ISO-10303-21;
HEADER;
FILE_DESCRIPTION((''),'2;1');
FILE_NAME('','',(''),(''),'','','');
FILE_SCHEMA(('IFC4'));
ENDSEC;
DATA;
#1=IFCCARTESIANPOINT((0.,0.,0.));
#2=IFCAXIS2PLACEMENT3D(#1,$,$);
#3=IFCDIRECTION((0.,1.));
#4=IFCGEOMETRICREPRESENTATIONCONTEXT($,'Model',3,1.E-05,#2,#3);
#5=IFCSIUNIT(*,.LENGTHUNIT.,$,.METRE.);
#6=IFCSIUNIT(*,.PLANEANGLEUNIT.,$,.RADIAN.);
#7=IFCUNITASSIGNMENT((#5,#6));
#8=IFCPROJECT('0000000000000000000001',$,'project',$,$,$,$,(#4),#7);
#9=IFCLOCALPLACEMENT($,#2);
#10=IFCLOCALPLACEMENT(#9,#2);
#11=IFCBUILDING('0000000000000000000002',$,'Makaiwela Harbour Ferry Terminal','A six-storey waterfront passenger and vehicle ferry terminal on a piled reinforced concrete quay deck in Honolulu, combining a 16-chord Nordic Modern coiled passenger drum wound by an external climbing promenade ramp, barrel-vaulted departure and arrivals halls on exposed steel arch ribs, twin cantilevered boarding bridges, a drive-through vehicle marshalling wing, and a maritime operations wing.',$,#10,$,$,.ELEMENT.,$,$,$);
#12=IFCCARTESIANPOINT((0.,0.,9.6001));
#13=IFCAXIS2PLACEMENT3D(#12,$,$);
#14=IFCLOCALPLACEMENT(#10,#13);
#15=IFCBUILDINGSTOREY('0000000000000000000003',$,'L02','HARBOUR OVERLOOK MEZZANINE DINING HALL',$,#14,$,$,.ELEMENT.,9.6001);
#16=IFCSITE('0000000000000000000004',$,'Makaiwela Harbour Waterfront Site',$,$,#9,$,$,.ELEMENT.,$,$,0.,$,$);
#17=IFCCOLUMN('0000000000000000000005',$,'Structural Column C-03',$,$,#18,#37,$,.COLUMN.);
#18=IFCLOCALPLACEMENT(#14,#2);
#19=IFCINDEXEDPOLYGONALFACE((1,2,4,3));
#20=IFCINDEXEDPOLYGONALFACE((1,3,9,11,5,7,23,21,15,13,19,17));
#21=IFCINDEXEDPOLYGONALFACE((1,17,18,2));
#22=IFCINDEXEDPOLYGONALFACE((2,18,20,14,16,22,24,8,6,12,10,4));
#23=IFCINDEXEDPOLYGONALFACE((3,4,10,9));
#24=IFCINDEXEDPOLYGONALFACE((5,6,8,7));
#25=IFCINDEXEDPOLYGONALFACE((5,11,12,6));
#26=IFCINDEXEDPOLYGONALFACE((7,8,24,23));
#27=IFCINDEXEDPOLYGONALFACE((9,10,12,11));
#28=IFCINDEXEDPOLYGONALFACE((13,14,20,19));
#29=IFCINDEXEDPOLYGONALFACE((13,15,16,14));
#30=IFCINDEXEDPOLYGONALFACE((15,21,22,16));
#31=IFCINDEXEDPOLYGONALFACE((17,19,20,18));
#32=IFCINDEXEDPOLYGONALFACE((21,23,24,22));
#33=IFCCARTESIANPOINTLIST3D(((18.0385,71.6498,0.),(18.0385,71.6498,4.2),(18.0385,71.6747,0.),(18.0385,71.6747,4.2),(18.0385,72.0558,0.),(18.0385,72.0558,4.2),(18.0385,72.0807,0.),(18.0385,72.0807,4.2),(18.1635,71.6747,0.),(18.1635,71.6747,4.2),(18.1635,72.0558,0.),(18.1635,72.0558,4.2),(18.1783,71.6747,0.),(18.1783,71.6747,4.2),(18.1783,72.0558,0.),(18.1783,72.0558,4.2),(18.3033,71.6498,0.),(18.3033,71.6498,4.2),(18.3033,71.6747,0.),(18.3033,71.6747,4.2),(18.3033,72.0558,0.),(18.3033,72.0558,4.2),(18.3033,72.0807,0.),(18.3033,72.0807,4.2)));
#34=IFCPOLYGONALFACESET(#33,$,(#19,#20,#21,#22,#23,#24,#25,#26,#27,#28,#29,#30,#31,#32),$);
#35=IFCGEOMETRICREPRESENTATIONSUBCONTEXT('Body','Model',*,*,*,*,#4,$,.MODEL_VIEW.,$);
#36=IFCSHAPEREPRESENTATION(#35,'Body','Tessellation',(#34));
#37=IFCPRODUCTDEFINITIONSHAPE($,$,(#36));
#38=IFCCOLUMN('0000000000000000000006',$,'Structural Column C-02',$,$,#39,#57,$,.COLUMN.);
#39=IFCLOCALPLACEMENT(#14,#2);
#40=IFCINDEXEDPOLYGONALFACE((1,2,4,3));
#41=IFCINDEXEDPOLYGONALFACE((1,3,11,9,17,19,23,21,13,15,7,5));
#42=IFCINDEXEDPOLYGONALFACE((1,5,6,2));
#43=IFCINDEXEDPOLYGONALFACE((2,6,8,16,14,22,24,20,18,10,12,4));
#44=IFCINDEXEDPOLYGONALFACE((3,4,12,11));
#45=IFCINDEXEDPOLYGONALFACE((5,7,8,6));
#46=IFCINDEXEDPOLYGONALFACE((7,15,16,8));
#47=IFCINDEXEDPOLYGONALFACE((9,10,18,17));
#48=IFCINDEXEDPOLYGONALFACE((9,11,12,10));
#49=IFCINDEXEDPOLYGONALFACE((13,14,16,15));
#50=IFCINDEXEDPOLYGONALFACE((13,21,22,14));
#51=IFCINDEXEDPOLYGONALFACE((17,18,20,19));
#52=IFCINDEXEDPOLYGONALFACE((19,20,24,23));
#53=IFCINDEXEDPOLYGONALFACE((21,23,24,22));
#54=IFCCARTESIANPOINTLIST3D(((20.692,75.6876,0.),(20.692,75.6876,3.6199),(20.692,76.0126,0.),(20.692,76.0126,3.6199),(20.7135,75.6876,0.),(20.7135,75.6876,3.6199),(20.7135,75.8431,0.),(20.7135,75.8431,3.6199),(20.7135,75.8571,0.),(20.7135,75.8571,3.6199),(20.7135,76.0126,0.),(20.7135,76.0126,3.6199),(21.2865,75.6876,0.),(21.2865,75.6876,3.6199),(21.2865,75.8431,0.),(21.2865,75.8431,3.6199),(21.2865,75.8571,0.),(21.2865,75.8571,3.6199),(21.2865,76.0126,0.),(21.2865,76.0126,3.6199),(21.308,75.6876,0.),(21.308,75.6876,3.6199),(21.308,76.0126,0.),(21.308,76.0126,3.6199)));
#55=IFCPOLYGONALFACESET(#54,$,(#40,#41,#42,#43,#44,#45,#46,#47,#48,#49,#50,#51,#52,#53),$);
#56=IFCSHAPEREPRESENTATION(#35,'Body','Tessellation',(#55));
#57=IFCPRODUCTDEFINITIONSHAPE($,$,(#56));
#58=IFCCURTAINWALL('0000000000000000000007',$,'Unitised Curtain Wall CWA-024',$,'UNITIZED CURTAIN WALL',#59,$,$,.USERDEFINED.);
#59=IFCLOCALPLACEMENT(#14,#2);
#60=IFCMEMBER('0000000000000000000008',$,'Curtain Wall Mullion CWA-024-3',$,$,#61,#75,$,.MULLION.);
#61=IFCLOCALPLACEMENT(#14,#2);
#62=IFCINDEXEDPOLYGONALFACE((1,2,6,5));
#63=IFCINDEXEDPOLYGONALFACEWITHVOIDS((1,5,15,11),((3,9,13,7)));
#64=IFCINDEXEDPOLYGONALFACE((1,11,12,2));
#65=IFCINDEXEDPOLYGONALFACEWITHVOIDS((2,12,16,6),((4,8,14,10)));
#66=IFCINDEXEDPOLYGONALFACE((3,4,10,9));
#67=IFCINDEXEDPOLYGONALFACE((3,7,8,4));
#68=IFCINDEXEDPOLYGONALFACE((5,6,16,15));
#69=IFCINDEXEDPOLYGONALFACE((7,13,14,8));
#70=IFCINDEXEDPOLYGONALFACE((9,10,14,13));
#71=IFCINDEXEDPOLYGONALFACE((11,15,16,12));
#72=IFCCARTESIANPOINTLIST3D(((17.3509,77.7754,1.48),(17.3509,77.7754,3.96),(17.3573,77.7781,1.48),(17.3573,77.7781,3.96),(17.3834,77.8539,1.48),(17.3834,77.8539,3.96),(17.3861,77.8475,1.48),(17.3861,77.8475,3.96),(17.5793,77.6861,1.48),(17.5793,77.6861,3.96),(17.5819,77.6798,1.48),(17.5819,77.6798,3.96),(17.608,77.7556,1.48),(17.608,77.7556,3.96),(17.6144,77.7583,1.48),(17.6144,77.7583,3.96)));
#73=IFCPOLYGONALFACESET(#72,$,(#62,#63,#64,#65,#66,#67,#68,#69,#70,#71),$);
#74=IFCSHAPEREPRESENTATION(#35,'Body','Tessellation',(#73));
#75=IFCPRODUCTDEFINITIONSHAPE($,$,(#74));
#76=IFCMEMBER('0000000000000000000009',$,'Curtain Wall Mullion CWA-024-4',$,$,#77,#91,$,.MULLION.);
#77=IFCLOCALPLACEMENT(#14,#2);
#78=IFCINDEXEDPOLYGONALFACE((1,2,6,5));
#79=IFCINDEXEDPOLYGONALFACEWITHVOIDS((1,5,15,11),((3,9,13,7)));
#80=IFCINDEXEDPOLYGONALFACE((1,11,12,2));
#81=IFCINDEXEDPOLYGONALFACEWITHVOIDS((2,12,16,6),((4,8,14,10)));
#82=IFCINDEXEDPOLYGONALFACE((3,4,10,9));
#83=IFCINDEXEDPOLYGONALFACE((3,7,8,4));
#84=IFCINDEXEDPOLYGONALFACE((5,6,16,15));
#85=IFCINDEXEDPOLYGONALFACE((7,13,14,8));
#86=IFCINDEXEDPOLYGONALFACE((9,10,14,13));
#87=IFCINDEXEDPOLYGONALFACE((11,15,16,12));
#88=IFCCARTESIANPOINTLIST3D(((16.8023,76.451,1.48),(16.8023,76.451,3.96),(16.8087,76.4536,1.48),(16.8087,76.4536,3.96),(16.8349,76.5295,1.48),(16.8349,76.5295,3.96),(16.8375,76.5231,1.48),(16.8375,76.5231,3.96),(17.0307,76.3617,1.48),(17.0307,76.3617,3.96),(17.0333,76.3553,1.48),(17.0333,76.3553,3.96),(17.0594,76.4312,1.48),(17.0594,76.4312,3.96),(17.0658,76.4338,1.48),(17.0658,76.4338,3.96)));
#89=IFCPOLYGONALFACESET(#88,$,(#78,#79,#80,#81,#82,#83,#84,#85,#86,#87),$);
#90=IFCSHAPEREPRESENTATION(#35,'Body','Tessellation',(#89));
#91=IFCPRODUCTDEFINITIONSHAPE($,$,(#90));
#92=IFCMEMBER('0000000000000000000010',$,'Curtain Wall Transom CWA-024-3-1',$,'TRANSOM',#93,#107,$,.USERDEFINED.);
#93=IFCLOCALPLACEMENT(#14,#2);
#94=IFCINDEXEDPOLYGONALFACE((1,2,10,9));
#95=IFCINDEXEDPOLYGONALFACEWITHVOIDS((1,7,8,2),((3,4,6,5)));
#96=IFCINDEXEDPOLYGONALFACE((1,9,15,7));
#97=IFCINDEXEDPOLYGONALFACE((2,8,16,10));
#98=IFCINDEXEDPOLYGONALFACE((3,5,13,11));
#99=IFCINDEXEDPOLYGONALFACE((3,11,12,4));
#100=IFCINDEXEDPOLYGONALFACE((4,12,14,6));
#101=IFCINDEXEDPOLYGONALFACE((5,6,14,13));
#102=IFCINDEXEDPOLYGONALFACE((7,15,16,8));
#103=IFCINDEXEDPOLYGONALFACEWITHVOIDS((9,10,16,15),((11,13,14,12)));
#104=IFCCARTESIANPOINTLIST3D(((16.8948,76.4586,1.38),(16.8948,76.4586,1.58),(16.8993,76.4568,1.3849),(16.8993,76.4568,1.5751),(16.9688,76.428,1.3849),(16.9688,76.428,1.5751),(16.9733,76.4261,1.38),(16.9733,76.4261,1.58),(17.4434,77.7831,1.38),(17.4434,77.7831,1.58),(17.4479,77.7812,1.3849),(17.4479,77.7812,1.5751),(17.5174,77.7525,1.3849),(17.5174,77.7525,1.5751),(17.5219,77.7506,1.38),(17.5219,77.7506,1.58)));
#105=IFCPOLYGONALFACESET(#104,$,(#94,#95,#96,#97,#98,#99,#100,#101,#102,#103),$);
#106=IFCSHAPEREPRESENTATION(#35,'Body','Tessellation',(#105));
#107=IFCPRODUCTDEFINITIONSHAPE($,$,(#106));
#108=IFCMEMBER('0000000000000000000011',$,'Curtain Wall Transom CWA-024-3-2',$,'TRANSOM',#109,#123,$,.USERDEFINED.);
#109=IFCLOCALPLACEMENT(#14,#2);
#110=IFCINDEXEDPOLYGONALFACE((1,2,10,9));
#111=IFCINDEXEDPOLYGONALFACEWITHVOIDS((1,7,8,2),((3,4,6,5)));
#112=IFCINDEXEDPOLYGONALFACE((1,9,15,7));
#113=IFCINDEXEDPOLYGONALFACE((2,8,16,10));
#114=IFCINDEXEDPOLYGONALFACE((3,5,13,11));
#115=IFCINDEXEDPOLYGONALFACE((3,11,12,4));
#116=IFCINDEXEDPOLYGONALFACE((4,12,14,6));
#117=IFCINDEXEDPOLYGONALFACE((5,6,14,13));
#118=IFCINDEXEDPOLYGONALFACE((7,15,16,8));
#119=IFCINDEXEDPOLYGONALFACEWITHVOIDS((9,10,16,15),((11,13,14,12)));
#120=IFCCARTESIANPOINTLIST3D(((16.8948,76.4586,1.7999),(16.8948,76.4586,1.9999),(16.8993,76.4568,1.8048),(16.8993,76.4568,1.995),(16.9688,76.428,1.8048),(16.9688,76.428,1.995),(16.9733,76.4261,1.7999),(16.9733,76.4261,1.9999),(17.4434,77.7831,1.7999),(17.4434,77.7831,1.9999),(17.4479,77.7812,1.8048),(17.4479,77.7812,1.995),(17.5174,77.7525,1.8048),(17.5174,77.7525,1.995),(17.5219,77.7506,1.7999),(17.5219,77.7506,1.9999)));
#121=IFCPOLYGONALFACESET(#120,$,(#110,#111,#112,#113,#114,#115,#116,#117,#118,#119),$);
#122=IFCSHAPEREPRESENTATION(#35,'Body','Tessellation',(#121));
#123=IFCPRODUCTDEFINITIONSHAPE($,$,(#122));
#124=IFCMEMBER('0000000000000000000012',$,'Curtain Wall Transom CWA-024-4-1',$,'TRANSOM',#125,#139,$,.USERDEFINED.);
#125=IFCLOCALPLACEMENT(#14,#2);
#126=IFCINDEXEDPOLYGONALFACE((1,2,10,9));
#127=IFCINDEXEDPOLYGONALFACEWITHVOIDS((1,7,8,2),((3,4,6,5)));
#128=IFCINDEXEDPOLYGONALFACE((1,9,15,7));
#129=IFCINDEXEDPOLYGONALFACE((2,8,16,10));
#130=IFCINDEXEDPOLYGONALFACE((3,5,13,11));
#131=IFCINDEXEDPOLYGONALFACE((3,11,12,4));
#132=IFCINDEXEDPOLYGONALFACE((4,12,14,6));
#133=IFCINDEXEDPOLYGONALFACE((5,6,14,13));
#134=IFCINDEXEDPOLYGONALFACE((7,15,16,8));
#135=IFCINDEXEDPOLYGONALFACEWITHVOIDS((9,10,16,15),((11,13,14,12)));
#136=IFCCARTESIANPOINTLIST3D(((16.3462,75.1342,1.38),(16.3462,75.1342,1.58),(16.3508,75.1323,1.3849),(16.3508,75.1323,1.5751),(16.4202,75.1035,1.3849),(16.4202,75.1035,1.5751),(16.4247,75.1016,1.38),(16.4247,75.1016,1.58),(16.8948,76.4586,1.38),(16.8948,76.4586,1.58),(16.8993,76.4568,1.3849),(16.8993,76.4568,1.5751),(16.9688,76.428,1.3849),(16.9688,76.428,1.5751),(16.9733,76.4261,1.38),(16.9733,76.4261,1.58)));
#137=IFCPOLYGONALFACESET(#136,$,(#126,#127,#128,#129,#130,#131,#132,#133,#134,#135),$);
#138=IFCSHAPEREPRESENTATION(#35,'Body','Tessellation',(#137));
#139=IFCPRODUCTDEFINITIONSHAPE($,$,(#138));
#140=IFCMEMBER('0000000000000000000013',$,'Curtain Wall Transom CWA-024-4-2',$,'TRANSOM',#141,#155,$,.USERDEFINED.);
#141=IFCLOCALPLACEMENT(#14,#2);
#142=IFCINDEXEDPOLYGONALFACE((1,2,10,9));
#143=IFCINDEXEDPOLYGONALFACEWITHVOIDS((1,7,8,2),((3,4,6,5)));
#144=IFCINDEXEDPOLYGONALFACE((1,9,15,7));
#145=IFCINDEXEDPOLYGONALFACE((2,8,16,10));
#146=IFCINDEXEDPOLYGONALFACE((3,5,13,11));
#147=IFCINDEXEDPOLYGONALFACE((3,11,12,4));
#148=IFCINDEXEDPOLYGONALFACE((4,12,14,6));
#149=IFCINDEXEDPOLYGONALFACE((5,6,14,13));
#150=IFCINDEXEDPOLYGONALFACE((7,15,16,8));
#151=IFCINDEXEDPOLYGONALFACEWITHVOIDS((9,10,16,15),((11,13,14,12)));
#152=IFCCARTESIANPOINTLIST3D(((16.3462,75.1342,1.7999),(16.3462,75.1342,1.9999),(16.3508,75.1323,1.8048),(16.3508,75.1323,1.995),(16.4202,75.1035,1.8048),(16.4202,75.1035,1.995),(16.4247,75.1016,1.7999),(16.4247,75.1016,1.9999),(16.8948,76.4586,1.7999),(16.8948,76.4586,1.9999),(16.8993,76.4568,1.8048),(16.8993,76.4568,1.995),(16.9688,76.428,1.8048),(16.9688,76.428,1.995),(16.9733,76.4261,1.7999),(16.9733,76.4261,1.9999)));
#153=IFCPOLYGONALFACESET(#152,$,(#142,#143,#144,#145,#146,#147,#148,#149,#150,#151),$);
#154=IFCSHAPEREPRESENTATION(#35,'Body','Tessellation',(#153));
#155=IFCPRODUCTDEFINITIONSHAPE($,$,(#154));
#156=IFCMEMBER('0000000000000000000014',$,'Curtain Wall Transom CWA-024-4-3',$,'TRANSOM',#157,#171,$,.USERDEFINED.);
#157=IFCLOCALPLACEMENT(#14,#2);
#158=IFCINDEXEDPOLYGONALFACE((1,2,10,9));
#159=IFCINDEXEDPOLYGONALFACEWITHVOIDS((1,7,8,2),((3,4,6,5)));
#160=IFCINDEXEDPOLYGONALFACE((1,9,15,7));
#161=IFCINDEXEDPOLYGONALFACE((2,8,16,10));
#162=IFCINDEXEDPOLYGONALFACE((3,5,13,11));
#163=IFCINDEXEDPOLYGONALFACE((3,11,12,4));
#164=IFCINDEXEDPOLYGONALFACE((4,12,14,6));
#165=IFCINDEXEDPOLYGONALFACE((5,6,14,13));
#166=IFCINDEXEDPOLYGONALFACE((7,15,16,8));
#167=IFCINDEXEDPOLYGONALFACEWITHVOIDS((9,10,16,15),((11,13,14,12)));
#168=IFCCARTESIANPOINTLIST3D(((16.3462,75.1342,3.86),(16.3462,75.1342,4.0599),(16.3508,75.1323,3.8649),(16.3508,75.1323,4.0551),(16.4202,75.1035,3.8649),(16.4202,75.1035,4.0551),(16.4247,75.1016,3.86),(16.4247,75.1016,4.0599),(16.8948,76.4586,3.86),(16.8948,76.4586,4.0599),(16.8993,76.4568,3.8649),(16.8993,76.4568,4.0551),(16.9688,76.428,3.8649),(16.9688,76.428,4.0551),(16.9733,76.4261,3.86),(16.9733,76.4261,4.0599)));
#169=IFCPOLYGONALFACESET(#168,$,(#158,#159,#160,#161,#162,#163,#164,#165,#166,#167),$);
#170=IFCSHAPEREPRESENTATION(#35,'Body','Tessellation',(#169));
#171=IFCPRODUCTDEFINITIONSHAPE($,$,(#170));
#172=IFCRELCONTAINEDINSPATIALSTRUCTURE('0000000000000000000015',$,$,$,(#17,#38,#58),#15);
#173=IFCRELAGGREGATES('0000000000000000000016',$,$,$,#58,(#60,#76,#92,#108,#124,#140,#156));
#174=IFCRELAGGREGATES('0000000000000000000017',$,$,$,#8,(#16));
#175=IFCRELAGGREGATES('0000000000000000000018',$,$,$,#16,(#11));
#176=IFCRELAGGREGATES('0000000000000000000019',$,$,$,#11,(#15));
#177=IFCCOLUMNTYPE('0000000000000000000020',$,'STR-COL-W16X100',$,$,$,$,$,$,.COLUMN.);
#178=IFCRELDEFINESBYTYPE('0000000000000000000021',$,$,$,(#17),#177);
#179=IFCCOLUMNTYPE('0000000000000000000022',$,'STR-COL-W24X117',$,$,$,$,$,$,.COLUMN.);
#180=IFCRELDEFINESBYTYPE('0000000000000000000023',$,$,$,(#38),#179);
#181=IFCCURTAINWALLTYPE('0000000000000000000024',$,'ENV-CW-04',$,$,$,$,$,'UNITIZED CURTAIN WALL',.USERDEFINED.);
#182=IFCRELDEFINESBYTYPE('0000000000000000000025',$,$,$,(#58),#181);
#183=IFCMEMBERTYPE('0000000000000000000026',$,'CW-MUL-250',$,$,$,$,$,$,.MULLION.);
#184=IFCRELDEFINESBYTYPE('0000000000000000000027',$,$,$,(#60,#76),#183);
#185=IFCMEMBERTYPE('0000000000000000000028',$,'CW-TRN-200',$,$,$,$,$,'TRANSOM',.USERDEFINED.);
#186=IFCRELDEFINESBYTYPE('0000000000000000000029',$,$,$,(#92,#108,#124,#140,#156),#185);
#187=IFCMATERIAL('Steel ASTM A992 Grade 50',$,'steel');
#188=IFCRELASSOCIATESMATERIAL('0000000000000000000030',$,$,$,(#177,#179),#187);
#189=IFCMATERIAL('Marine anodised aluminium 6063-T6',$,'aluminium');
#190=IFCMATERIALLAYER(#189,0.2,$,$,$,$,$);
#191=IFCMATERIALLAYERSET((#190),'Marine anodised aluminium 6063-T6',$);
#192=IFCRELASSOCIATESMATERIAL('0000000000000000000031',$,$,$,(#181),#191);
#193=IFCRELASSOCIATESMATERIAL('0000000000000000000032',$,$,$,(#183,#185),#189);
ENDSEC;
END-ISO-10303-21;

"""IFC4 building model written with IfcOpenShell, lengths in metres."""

from ifc_helpers import new_model, si_unit, direction, frame, origin, origin_2d, place, context, subcontext, project, spatial, hollow_rectangle, i_section, extrude, material, layer, layer_set, material_profile, profile_set, type_object, element, aggregate, save


model = new_model("IFC4")

# Units and contexts
model_context = context("Model", 3, precision=1e-05, world=origin(), true_north=direction((0.0, 1.0)))
body_context = subcontext(model_context, "Body", "Model", "MODEL_VIEW")
ifc_project = project(units=[si_unit("LENGTHUNIT", "METRE"), si_unit("PLANEANGLEUNIT", "RADIAN")], contexts=[model_context])

# Site, building, storey
site_placement = place(None, origin())
site = spatial("IfcSite", under=ifc_project, at=site_placement, Name="Makaiwela Harbour Waterfront Site", CompositionType="ELEMENT", RefElevation=0.0)
building_placement = place(site_placement, origin())
building = spatial("IfcBuilding", under=site, at=building_placement, Name="Makaiwela Harbour Ferry Terminal", Description="A six-storey waterfront passenger and vehicle ferry terminal on a piled reinforced concrete quay deck in Honolulu, combining a 16-chord Nordic Modern coiled passenger drum wound by an external climbing promenade ramp, barrel-vaulted departure and arrivals halls on exposed steel arch ribs, twin cantilevered boarding bridges, a drive-through vehicle marshalling wing, and a maritime operations wing.", CompositionType="ELEMENT")
storey_placement = place(building_placement, frame((0.0, 0.0, 9.6001)))
storey = spatial("IfcBuildingStorey", under=building, at=storey_placement, Name="L02", Description="HARBOUR OVERLOOK MEZZANINE DINING HALL", CompositionType="ELEMENT", Elevation=9.6001)

# Columns
ifc_material_1 = material(Name="Steel ASTM A992 Grade 50", Category="steel")
ifc_material_profile_1 = material_profile(ifc_material_1, i_section(OverallWidth=0.2649, OverallDepth=0.4309, WebThickness=0.0149, FlangeThickness=0.0249, at=origin_2d()), Name="W16X100")
ifc_profile_set_1 = profile_set([ifc_material_profile_1], Name="Steel ASTM A992 Grade 50")
column_type_1 = type_object("IfcColumnType", Name="STR-COL-W16X100", PredefinedType="COLUMN", material=ifc_profile_set_1)
column_1_placement = place(storey_placement, frame((18.1709, 71.8652, 0.0), z_axis=(0.0, 0.0, 1.0), x_axis=(1.0, 0.0, 0.0)))
element("IfcColumn", 1, at=column_1_placement, inside=storey, type_object=column_type_1, Name="Structural Column C-03", PredefinedType="COLUMN", context=body_context, shape_type="SweptSolid", body=[
    extrude(i_section(OverallWidth=0.2649, OverallDepth=0.4309, WebThickness=0.0149, FlangeThickness=0.0249, at=origin_2d()), origin(), (0.0, 0.0, 1.0), 4.2),
])
ifc_material_profile_2 = material_profile(ifc_material_1, i_section(OverallWidth=0.325, OverallDepth=0.616, WebThickness=0.0139, FlangeThickness=0.0215, at=origin_2d()), Name="W24X117")
ifc_profile_set_2 = profile_set([ifc_material_profile_2], Name="Steel ASTM A992 Grade 50")
column_type_2 = type_object("IfcColumnType", Name="STR-COL-W24X117", PredefinedType="COLUMN", material=ifc_profile_set_2)
column_2_placement = place(storey_placement, frame((21.0, 75.8501, 0.0), z_axis=(0.0, 0.0, 1.0), x_axis=(0.0, 1.0, 0.0)))
element("IfcColumn", 2, at=column_2_placement, inside=storey, type_object=column_type_2, Name="Structural Column C-02", PredefinedType="COLUMN", context=body_context, shape_type="SweptSolid", body=[
    extrude(i_section(OverallWidth=0.325, OverallDepth=0.616, WebThickness=0.0139, FlangeThickness=0.0215, at=origin_2d()), origin(), (0.0, 0.0, 1.0), 3.6199),
])

# Curtain wall, members
ifc_material_2 = material(Name="Marine anodised aluminium 6063-T6", Category="aluminium")
ifc_layer_1 = layer(ifc_material_2, 0.2)
ifc_layer_set_1 = layer_set([ifc_layer_1], Name="Marine anodised aluminium 6063-T6")
curtain_wall_type = type_object("IfcCurtainWallType", Name="ENV-CW-04", ElementType="UNITIZED CURTAIN WALL", PredefinedType="USERDEFINED", material=ifc_layer_set_1)
curtain_wall_placement = place(storey_placement, origin())
curtain_wall = element("IfcCurtainWall", 3, at=curtain_wall_placement, inside=storey, type_object=curtain_wall_type, Name="Unitised Curtain Wall CWA-024", ObjectType="UNITIZED CURTAIN WALL", PredefinedType="USERDEFINED")
ifc_material_profile_3 = material_profile(ifc_material_2, hollow_rectangle(XDim=0.085, YDim=0.25, WallThickness=0.0049, at=origin_2d()), Name="CWM-250X85")
ifc_profile_set_3 = profile_set([ifc_material_profile_3], Name="Marine anodised aluminium 6063-T6")
member_type_1 = type_object("IfcMemberType", Name="CW-MUL-250", PredefinedType="MULLION", material=ifc_profile_set_3)
member_1_placement = place(storey_placement, frame((17.4827, 77.7668, 1.48), z_axis=(0.0, 0.0, 1.0), x_axis=(0.382683, 0.92388, 0.0)))
member_1 = element("IfcMember", 4, at=member_1_placement, type_object=member_type_1, Name="Curtain Wall Mullion CWA-024-3", PredefinedType="MULLION", context=body_context, shape_type="SweptSolid", body=[
    extrude(hollow_rectangle(XDim=0.085, YDim=0.25, WallThickness=0.0049, at=origin_2d()), origin(), (0.0, 0.0, 1.0), 2.48),
])
member_2_placement = place(storey_placement, frame((16.9341, 76.4424, 1.48), z_axis=(0.0, 0.0, 1.0), x_axis=(0.382683, 0.92388, 0.0)))
member_2 = element("IfcMember", 5, at=member_2_placement, type_object=member_type_1, Name="Curtain Wall Mullion CWA-024-4", PredefinedType="MULLION", context=body_context, shape_type="SweptSolid", body=[
    extrude(hollow_rectangle(XDim=0.085, YDim=0.25, WallThickness=0.0049, at=origin_2d()), origin(), (0.0, 0.0, 1.0), 2.48),
])
ifc_material_profile_4 = material_profile(ifc_material_2, hollow_rectangle(XDim=0.085, YDim=0.2, WallThickness=0.0049, at=origin_2d()), Name="CWT-200X85")
ifc_profile_set_4 = profile_set([ifc_material_profile_4], Name="Marine anodised aluminium 6063-T6")
member_type_2 = type_object("IfcMemberType", Name="CW-TRN-200", ElementType="TRANSOM", PredefinedType="USERDEFINED", material=ifc_profile_set_4)
member_3_placement = place(storey_placement, frame((17.4827, 77.7668, 1.48), z_axis=(-0.382668, -0.923886, 0.0), x_axis=(0.923886, -0.382668, 0.0)))
member_3 = element("IfcMember", 6, at=member_3_placement, type_object=member_type_2, Name="Curtain Wall Transom CWA-024-3-1", ObjectType="TRANSOM", PredefinedType="USERDEFINED", context=body_context, shape_type="SweptSolid", body=[
    extrude(hollow_rectangle(XDim=0.085, YDim=0.2, WallThickness=0.0049, at=origin_2d()), origin(), (0.0, 0.0, 1.0), 1.4336),
])
member_4_placement = place(storey_placement, frame((17.4827, 77.7668, 1.8999), z_axis=(-0.382668, -0.923886, 0.0), x_axis=(0.923886, -0.382668, 0.0)))
member_4 = element("IfcMember", 7, at=member_4_placement, type_object=member_type_2, Name="Curtain Wall Transom CWA-024-3-2", ObjectType="TRANSOM", PredefinedType="USERDEFINED", context=body_context, shape_type="SweptSolid", body=[
    extrude(hollow_rectangle(XDim=0.085, YDim=0.2, WallThickness=0.0049, at=origin_2d()), origin(), (0.0, 0.0, 1.0), 1.4336),
])
member_5_placement = place(storey_placement, frame((16.9341, 76.4424, 1.48), z_axis=(-0.382668, -0.923886, 0.0), x_axis=(0.923886, -0.382668, 0.0)))
member_5 = element("IfcMember", 8, at=member_5_placement, type_object=member_type_2, Name="Curtain Wall Transom CWA-024-4-1", ObjectType="TRANSOM", PredefinedType="USERDEFINED", context=body_context, shape_type="SweptSolid", body=[
    extrude(hollow_rectangle(XDim=0.085, YDim=0.2, WallThickness=0.0049, at=origin_2d()), origin(), (0.0, 0.0, 1.0), 1.4336),
])
member_6_placement = place(storey_placement, frame((16.9341, 76.4424, 1.8999), z_axis=(-0.382668, -0.923886, 0.0), x_axis=(0.923886, -0.382668, 0.0)))
member_6 = element("IfcMember", 9, at=member_6_placement, type_object=member_type_2, Name="Curtain Wall Transom CWA-024-4-2", ObjectType="TRANSOM", PredefinedType="USERDEFINED", context=body_context, shape_type="SweptSolid", body=[
    extrude(hollow_rectangle(XDim=0.085, YDim=0.2, WallThickness=0.0049, at=origin_2d()), origin(), (0.0, 0.0, 1.0), 1.4336),
])
member_7_placement = place(storey_placement, frame((16.9341, 76.4424, 3.96), z_axis=(-0.382668, -0.923886, 0.0), x_axis=(0.923886, -0.382668, 0.0)))
member_7 = element("IfcMember", 10, at=member_7_placement, type_object=member_type_2, Name="Curtain Wall Transom CWA-024-4-3", ObjectType="TRANSOM", PredefinedType="USERDEFINED", context=body_context, shape_type="SweptSolid", body=[
    extrude(hollow_rectangle(XDim=0.085, YDim=0.2, WallThickness=0.0049, at=origin_2d()), origin(), (0.0, 0.0, 1.0), 1.4336),
])

aggregate(curtain_wall, [member_1, member_2, member_3, member_4, member_5, member_6, member_7])

save(model, "model.ifc")
